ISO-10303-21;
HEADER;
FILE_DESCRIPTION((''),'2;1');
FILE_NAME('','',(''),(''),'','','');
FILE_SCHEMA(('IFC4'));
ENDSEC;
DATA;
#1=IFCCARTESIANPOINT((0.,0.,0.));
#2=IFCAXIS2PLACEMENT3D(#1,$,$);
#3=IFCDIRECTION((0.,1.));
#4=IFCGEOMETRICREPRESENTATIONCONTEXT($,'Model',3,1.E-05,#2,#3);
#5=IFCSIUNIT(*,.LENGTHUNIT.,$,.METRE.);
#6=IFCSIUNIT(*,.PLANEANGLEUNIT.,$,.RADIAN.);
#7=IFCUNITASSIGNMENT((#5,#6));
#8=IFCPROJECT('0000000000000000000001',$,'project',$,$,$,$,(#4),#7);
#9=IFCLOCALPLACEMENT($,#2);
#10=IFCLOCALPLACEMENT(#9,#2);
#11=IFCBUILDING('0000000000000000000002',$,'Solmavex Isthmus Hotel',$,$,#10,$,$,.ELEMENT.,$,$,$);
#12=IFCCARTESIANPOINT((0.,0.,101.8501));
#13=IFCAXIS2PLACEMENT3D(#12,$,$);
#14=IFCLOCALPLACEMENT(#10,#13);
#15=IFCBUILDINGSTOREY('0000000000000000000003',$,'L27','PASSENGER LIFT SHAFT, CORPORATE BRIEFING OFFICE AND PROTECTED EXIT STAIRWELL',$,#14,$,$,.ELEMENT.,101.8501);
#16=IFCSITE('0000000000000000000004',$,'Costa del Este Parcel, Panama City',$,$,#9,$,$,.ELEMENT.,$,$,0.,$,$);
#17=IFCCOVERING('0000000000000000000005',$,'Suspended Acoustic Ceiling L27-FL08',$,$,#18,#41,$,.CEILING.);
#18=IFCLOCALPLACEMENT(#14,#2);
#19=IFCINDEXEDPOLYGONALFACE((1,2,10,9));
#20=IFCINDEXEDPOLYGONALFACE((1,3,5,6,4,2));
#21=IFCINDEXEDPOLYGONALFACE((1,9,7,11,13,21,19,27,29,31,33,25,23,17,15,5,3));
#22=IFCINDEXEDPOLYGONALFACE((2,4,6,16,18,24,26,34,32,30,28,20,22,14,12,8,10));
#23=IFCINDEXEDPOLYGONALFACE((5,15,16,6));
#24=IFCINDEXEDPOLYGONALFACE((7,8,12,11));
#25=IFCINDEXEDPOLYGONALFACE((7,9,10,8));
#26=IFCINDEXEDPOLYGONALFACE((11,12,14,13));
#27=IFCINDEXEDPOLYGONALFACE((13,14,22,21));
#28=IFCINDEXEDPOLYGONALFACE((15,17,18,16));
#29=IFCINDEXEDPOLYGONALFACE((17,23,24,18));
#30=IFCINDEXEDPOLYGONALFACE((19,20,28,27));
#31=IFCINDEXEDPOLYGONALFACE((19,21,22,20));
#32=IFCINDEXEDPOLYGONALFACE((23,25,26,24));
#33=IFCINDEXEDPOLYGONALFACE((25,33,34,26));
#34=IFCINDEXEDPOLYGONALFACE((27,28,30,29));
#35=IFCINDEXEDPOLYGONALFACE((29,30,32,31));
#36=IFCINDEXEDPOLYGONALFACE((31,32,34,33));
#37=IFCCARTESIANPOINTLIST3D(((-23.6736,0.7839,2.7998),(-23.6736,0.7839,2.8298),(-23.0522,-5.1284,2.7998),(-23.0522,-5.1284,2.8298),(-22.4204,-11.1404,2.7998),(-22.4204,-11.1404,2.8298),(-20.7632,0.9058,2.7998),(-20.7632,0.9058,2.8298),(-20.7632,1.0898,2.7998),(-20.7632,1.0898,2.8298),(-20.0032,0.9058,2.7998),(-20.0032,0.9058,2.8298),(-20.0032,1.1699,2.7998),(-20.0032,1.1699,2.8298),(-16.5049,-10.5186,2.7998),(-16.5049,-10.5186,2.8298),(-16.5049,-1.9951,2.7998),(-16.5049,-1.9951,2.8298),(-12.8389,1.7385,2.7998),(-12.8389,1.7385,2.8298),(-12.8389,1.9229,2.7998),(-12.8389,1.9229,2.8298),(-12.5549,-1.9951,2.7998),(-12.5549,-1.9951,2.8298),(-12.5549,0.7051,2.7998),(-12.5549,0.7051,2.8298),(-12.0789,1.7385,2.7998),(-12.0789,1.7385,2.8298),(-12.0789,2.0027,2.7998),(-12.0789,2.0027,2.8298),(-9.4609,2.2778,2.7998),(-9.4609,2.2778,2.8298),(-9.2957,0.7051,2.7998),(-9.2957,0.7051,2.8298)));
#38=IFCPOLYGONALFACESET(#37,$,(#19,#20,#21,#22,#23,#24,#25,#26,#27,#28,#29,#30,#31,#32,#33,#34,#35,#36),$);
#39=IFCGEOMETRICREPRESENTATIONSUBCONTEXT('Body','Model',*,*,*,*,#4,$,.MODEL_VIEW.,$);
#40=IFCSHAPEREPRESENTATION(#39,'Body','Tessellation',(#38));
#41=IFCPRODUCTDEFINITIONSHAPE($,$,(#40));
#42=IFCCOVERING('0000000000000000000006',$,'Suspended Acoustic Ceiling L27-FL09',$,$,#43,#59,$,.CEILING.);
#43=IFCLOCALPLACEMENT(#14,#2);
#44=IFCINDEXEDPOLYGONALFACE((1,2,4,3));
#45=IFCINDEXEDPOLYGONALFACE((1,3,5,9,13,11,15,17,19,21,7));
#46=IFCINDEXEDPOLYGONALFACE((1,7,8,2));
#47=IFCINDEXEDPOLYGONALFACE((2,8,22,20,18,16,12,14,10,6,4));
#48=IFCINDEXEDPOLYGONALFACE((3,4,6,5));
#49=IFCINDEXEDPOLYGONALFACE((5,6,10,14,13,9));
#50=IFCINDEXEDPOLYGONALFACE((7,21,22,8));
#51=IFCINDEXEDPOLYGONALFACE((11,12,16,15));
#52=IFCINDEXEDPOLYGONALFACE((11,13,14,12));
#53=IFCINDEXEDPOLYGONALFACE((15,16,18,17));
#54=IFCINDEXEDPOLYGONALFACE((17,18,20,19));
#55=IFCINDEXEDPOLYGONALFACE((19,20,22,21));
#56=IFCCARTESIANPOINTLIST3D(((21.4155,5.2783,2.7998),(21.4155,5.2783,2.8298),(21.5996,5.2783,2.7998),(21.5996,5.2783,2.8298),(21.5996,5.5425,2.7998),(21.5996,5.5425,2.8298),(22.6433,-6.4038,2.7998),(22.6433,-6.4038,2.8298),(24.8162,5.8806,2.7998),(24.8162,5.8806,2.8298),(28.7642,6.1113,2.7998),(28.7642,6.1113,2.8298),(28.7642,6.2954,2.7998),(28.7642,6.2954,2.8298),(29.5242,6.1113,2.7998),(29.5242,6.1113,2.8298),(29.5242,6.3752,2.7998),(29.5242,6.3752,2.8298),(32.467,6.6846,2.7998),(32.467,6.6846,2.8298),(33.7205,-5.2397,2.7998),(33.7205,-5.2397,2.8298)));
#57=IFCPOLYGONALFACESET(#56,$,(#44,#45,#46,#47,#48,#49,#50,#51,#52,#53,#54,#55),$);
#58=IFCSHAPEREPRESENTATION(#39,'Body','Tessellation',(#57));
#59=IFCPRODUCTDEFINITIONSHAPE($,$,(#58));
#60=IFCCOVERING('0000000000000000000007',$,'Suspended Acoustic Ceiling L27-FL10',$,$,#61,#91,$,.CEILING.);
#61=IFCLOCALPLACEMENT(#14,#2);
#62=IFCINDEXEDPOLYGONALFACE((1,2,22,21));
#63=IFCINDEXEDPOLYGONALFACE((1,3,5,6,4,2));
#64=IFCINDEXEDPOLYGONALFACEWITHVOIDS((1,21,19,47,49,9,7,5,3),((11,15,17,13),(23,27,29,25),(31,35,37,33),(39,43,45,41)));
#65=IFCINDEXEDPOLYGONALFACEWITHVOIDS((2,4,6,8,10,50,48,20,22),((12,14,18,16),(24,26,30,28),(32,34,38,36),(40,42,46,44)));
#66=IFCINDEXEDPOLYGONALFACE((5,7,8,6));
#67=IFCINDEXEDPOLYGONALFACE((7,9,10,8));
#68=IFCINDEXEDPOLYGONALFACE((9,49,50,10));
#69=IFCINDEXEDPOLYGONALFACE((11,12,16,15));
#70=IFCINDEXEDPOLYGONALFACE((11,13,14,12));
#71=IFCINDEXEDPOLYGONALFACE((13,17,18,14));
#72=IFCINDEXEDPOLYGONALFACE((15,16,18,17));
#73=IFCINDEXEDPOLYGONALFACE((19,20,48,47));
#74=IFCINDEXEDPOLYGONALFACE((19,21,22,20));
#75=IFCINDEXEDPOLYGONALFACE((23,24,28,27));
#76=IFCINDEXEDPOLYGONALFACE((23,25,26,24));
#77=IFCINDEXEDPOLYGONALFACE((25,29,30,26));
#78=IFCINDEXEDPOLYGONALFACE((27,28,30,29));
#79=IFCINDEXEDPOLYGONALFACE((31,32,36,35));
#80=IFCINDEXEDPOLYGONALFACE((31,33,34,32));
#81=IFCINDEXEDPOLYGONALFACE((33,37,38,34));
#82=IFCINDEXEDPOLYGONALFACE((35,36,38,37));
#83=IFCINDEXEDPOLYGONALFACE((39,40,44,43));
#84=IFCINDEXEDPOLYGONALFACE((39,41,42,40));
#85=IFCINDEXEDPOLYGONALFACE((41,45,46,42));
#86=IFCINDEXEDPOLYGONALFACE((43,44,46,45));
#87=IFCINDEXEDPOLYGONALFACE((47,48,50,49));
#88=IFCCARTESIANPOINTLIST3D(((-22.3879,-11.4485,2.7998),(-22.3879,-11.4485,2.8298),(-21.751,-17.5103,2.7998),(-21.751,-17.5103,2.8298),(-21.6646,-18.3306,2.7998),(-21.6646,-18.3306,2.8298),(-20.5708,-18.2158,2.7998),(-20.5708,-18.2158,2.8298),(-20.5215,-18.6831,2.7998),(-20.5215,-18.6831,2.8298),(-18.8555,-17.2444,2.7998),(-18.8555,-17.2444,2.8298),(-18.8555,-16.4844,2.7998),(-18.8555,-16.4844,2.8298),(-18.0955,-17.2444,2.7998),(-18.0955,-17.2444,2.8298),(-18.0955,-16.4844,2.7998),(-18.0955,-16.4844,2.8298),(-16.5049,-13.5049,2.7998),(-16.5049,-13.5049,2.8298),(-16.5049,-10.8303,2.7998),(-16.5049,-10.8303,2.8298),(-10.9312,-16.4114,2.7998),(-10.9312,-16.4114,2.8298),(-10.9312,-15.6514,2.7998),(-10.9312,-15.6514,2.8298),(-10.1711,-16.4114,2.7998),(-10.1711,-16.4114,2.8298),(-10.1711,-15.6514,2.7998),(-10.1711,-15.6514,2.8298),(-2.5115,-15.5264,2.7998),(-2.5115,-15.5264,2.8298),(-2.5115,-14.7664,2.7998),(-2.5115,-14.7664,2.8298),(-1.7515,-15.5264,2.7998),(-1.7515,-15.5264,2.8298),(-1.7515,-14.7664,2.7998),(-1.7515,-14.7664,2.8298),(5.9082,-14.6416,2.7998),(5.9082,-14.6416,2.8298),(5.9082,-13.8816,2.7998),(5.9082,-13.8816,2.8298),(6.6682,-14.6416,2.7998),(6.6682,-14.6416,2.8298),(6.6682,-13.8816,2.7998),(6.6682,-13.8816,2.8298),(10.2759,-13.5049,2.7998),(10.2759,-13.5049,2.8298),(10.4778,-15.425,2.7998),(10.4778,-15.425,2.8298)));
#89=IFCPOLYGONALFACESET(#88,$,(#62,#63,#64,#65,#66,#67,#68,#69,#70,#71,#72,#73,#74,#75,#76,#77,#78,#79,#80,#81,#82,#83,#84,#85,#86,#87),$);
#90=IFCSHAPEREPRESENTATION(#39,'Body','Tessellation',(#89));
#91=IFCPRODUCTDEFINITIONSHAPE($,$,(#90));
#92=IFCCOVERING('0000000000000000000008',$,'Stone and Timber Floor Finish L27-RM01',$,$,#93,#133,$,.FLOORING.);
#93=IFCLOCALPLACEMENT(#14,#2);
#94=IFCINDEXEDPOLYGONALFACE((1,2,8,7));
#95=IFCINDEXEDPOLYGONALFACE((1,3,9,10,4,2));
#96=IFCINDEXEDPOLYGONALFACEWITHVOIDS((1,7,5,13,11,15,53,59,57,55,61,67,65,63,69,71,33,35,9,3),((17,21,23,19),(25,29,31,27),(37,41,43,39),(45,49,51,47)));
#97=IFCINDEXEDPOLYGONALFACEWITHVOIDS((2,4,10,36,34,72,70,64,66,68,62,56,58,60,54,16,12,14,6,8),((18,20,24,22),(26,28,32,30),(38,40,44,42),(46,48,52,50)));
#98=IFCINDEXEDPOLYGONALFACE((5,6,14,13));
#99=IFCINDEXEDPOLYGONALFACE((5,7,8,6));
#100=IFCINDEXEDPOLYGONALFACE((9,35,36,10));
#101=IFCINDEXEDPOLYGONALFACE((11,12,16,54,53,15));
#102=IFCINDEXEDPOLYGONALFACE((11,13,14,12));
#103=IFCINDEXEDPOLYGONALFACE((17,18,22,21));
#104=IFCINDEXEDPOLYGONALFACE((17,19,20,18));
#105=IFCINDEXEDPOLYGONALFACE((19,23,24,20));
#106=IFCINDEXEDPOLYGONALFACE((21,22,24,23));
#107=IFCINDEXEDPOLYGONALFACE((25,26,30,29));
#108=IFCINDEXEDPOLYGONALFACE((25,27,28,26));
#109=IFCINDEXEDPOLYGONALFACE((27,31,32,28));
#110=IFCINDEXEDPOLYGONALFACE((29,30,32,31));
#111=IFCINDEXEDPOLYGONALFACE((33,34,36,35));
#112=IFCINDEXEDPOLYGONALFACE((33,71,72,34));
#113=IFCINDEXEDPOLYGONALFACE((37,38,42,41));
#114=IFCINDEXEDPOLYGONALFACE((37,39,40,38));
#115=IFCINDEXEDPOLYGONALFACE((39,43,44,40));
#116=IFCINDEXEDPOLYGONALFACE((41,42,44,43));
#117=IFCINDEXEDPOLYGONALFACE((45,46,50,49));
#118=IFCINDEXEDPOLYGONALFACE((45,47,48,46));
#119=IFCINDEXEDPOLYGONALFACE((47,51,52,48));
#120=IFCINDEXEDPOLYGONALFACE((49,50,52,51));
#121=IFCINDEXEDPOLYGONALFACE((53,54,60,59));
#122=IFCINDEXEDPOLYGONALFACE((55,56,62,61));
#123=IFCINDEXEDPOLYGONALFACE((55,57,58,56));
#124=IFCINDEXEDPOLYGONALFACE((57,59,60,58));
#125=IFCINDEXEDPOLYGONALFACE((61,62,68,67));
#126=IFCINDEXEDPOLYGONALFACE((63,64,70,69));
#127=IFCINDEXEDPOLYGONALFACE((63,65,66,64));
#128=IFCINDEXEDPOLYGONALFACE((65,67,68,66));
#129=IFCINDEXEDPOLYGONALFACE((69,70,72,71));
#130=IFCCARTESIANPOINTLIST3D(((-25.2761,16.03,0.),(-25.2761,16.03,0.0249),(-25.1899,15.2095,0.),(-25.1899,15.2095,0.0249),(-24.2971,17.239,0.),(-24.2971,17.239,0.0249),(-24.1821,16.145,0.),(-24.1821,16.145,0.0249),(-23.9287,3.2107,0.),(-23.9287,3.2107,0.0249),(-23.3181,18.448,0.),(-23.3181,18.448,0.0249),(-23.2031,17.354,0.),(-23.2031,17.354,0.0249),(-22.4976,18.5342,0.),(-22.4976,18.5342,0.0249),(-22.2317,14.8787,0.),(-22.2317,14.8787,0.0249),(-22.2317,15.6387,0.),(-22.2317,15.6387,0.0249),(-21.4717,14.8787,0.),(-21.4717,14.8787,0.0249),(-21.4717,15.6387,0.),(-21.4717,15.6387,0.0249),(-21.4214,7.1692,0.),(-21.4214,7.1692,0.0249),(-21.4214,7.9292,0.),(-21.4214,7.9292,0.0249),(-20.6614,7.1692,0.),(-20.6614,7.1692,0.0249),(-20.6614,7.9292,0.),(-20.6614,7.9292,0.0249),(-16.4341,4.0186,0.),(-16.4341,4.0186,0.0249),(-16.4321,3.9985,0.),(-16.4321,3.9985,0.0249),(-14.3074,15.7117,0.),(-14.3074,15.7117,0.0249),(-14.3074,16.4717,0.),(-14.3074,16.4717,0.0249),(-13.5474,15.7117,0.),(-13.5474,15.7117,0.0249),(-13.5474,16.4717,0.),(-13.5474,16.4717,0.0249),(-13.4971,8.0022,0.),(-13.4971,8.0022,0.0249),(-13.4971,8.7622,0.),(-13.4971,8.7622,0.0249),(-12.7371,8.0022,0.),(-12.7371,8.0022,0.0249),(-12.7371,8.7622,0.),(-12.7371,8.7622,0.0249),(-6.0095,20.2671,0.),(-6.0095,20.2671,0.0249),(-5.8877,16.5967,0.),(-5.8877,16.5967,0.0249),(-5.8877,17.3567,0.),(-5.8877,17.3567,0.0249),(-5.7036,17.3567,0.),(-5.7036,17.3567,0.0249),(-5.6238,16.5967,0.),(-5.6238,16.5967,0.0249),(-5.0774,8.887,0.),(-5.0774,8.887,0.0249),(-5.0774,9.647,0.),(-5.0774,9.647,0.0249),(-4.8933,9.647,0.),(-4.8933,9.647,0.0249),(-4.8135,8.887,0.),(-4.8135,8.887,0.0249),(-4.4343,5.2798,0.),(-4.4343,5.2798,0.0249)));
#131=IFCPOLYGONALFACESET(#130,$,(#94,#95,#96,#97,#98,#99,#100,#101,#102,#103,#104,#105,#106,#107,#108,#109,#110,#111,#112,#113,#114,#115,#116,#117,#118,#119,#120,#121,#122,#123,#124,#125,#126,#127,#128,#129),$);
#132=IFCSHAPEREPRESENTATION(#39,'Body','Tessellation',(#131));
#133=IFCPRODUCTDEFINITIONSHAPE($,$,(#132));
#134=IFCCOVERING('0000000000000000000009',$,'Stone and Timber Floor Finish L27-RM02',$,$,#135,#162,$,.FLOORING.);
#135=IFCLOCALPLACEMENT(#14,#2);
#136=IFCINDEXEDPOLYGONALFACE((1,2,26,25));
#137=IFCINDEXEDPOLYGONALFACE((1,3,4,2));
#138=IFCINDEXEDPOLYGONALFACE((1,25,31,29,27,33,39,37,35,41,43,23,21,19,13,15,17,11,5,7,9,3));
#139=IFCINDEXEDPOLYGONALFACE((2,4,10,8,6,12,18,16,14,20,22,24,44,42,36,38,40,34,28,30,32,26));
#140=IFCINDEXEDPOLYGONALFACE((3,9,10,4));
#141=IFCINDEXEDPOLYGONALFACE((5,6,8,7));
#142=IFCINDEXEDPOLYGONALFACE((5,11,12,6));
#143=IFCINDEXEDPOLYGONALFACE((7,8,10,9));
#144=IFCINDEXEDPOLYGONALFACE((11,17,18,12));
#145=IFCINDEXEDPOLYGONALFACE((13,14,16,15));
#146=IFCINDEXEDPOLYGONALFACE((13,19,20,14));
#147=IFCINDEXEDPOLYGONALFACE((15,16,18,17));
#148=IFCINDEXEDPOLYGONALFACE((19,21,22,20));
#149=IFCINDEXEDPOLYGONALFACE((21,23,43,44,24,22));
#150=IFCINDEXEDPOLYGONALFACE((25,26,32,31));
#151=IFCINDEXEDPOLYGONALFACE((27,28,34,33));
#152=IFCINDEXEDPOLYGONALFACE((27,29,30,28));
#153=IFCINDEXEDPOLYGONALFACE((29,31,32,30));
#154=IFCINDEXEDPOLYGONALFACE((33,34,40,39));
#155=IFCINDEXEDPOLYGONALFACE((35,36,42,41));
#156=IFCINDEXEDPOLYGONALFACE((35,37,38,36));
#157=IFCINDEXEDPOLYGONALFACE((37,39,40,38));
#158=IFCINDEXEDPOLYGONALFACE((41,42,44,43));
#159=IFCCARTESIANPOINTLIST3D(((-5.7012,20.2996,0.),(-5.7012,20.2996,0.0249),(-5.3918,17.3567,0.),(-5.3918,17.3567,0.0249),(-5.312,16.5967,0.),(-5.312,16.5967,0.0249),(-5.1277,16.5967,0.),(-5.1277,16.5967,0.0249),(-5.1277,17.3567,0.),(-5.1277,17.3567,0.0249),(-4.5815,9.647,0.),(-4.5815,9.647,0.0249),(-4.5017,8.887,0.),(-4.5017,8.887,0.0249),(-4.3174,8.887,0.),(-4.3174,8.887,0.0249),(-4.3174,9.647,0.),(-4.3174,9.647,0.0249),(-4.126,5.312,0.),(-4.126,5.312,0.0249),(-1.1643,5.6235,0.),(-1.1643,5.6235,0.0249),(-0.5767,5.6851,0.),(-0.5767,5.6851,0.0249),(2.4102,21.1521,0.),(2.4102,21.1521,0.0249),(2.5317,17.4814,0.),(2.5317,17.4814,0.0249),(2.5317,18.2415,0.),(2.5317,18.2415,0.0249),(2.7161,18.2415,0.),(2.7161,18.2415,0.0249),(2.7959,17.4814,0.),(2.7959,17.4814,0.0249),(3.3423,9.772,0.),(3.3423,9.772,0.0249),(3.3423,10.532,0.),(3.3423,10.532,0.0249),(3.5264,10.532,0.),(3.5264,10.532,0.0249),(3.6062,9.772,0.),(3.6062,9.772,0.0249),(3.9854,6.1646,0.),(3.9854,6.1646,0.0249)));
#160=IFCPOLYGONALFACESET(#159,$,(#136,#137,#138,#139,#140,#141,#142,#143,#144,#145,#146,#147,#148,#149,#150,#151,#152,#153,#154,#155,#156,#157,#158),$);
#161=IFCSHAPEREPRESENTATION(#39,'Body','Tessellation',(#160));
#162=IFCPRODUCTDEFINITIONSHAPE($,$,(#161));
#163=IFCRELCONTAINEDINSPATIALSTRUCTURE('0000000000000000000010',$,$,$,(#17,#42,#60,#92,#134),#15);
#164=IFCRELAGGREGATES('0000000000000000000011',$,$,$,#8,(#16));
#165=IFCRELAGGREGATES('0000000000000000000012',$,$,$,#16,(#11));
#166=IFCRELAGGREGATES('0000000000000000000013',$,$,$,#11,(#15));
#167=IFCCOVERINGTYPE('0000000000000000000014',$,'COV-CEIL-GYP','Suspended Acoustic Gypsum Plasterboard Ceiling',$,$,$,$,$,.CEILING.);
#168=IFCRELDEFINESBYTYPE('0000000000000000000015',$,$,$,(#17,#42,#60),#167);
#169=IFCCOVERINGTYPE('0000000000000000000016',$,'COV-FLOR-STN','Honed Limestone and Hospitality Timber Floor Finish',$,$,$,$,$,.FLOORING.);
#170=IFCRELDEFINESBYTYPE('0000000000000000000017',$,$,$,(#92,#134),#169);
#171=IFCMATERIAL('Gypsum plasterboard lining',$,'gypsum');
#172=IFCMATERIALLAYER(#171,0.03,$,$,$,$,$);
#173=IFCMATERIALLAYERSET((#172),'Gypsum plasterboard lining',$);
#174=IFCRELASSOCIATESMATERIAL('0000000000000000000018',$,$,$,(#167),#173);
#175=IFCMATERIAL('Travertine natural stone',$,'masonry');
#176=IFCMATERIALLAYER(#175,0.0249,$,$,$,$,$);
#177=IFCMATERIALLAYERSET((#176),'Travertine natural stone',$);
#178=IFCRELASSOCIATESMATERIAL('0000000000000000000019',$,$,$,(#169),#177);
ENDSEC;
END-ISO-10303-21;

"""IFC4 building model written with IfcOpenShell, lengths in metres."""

from ifc_helpers import new_model, si_unit, direction, frame, origin, place, context, subcontext, project, spatial, polyline, outline, extrude, material, layer, layer_set, type_object, element, save


model = new_model("IFC4")

# Units and contexts
model_context = context("Model", 3, precision=1e-05, world=origin(), true_north=direction((0.0, 1.0)))
body_context = subcontext(model_context, "Body", "Model", "MODEL_VIEW")
ifc_project = project(units=[si_unit("LENGTHUNIT", "METRE"), si_unit("PLANEANGLEUNIT", "RADIAN")], contexts=[model_context])

# Site, building, storey
site_placement = place(None, origin())
site = spatial("IfcSite", under=ifc_project, at=site_placement, Name="Costa del Este Parcel, Panama City", CompositionType="ELEMENT", RefElevation=0.0)
building_placement = place(site_placement, origin())
building = spatial("IfcBuilding", under=site, at=building_placement, Name="Solmavex Isthmus Hotel", CompositionType="ELEMENT")
storey_placement = place(building_placement, frame((0.0, 0.0, 101.8501)))
storey = spatial("IfcBuildingStorey", under=building, at=storey_placement, Name="L27", Description="PASSENGER LIFT SHAFT, CORPORATE BRIEFING OFFICE AND PROTECTED EXIT STAIRWELL", CompositionType="ELEMENT", Elevation=101.8501)

# Coverings
ifc_material_1 = material(Name="Gypsum plasterboard lining", Category="gypsum")
ifc_layer_1 = layer(ifc_material_1, 0.03)
ifc_layer_set_1 = layer_set([ifc_layer_1], Name="Gypsum plasterboard lining")
covering_type_1 = type_object("IfcCoveringType", Name="COV-CEIL-GYP", Description="Suspended Acoustic Gypsum Plasterboard Ceiling", PredefinedType="CEILING", material=ifc_layer_set_1)
covering_1_placement = place(storey_placement, frame((0.0, 0.0, 2.7998)))
element("IfcCovering", 1, at=covering_1_placement, inside=storey, type_object=covering_type_1, Name="Suspended Acoustic Ceiling L27-FL08", PredefinedType="CEILING", context=body_context, shape_type="SweptSolid", body=[
    extrude(outline(polyline([(-20.0032, 1.1699), (-20.0032, 0.9058), (-20.7632, 0.9058), (-20.7632, 1.0898), (-23.6736, 0.7839), (-23.0522, -5.1284), (-22.4204, -11.1404), (-16.5049, -10.5186), (-16.5049, -1.9951), (-12.5549, -1.9951), (-12.5549, 0.7051), (-9.2957, 0.7051), (-9.4609, 2.2778), (-12.0789, 2.0027), (-12.0789, 1.7385), (-12.8389, 1.7385), (-12.8389, 1.9229), (-20.0032, 1.1699)])), origin(), (0.0, 0.0, 1.0), 0.03),
])
covering_2_placement = place(storey_placement, frame((0.0, 0.0, 2.7998)))
element("IfcCovering", 2, at=covering_2_placement, inside=storey, type_object=covering_type_1, Name="Suspended Acoustic Ceiling L27-FL09", PredefinedType="CEILING", context=body_context, shape_type="SweptSolid", body=[
    extrude(outline(polyline([(29.5242, 6.3752), (29.5242, 6.1113), (28.7642, 6.1113), (28.7642, 6.2954), (24.8162, 5.8806), (21.5996, 5.5425), (21.5996, 5.2783), (21.4155, 5.2783), (22.6433, -6.4038), (33.7205, -5.2397), (32.467, 6.6846), (29.5242, 6.3752)])), origin(), (0.0, 0.0, 1.0), 0.03),
])
covering_3_placement = place(storey_placement, frame((0.0, 0.0, 2.7998)))
element("IfcCovering", 3, at=covering_3_placement, inside=storey, type_object=covering_type_1, Name="Suspended Acoustic Ceiling L27-FL10", PredefinedType="CEILING", context=body_context, shape_type="SweptSolid", body=[
    extrude(outline(polyline([(-20.5708, -18.2158), (-20.5215, -18.6831), (10.4778, -15.425), (10.2759, -13.5049), (-16.5049, -13.5049), (-16.5049, -10.8303), (-22.3879, -11.4485), (-21.751, -17.5103), (-21.6646, -18.3306), (-20.5708, -18.2158)]), holes=[polyline([(5.9082, -14.6416), (5.9082, -13.8816), (6.6682, -13.8816), (6.6682, -14.6416), (5.9082, -14.6416)]), polyline([(-2.5115, -15.5264), (-2.5115, -14.7664), (-1.7515, -14.7664), (-1.7515, -15.5264), (-2.5115, -15.5264)]), polyline([(-10.9312, -16.4114), (-10.9312, -15.6514), (-10.1711, -15.6514), (-10.1711, -16.4114), (-10.9312, -16.4114)]), polyline([(-18.8555, -17.2444), (-18.8555, -16.4844), (-18.0955, -16.4844), (-18.0955, -17.2444), (-18.8555, -17.2444)])]), origin(), (0.0, 0.0, 1.0), 0.03),
])
ifc_material_2 = material(Name="Travertine natural stone", Category="masonry")
ifc_layer_2 = layer(ifc_material_2, 0.0249)
ifc_layer_set_2 = layer_set([ifc_layer_2], Name="Travertine natural stone")
covering_type_2 = type_object("IfcCoveringType", Name="COV-FLOR-STN", Description="Honed Limestone and Hospitality Timber Floor Finish", PredefinedType="FLOORING", material=ifc_layer_set_2)
covering_4_placement = place(storey_placement, origin())
element("IfcCovering", 4, at=covering_4_placement, inside=storey, type_object=covering_type_2, Name="Stone and Timber Floor Finish L27-RM01", PredefinedType="FLOORING", context=body_context, shape_type="SweptSolid", body=[
    extrude(outline(polyline([(-16.4321, 3.9985), (-16.4341, 4.0186), (-4.4343, 5.2798), (-4.8135, 8.887), (-5.0774, 8.887), (-5.0774, 9.647), (-4.8933, 9.647), (-5.6238, 16.5967), (-5.8877, 16.5967), (-5.8877, 17.3567), (-5.7036, 17.3567), (-6.0095, 20.2671), (-22.4976, 18.5342), (-23.3181, 18.448), (-23.2031, 17.354), (-24.2971, 17.239), (-24.1821, 16.145), (-25.2761, 16.03), (-25.1899, 15.2095), (-23.9287, 3.2107), (-16.4321, 3.9985)]), holes=[polyline([(-13.4971, 8.0022), (-13.4971, 8.7622), (-12.7371, 8.7622), (-12.7371, 8.0022), (-13.4971, 8.0022)]), polyline([(-14.3074, 16.4717), (-13.5474, 16.4717), (-13.5474, 15.7117), (-14.3074, 15.7117), (-14.3074, 16.4717)]), polyline([(-21.4214, 7.1692), (-21.4214, 7.9292), (-20.6614, 7.9292), (-20.6614, 7.1692), (-21.4214, 7.1692)]), polyline([(-22.2317, 14.8787), (-22.2317, 15.6387), (-21.4717, 15.6387), (-21.4717, 14.8787), (-22.2317, 14.8787)])]), origin(), (0.0, 0.0, 1.0), 0.0249),
])
covering_5_placement = place(storey_placement, origin())
element("IfcCovering", 5, at=covering_5_placement, inside=storey, type_object=covering_type_2, Name="Stone and Timber Floor Finish L27-RM02", PredefinedType="FLOORING", context=body_context, shape_type="SweptSolid", body=[
    extrude(outline(polyline([(-4.5815, 9.647), (-4.3174, 9.647), (-4.3174, 8.887), (-4.5017, 8.887), (-4.126, 5.312), (-1.1643, 5.6235), (-0.5767, 5.6851), (3.9854, 6.1646), (3.6062, 9.772), (3.3423, 9.772), (3.3423, 10.532), (3.5264, 10.532), (2.7959, 17.4814), (2.5317, 17.4814), (2.5317, 18.2415), (2.7161, 18.2415), (2.4102, 21.1521), (-5.7012, 20.2996), (-5.3918, 17.3567), (-5.1277, 17.3567), (-5.1277, 16.5967), (-5.312, 16.5967), (-4.5815, 9.647)])), origin(), (0.0, 0.0, 1.0), 0.0249),
])

save(model, "model.ifc")
